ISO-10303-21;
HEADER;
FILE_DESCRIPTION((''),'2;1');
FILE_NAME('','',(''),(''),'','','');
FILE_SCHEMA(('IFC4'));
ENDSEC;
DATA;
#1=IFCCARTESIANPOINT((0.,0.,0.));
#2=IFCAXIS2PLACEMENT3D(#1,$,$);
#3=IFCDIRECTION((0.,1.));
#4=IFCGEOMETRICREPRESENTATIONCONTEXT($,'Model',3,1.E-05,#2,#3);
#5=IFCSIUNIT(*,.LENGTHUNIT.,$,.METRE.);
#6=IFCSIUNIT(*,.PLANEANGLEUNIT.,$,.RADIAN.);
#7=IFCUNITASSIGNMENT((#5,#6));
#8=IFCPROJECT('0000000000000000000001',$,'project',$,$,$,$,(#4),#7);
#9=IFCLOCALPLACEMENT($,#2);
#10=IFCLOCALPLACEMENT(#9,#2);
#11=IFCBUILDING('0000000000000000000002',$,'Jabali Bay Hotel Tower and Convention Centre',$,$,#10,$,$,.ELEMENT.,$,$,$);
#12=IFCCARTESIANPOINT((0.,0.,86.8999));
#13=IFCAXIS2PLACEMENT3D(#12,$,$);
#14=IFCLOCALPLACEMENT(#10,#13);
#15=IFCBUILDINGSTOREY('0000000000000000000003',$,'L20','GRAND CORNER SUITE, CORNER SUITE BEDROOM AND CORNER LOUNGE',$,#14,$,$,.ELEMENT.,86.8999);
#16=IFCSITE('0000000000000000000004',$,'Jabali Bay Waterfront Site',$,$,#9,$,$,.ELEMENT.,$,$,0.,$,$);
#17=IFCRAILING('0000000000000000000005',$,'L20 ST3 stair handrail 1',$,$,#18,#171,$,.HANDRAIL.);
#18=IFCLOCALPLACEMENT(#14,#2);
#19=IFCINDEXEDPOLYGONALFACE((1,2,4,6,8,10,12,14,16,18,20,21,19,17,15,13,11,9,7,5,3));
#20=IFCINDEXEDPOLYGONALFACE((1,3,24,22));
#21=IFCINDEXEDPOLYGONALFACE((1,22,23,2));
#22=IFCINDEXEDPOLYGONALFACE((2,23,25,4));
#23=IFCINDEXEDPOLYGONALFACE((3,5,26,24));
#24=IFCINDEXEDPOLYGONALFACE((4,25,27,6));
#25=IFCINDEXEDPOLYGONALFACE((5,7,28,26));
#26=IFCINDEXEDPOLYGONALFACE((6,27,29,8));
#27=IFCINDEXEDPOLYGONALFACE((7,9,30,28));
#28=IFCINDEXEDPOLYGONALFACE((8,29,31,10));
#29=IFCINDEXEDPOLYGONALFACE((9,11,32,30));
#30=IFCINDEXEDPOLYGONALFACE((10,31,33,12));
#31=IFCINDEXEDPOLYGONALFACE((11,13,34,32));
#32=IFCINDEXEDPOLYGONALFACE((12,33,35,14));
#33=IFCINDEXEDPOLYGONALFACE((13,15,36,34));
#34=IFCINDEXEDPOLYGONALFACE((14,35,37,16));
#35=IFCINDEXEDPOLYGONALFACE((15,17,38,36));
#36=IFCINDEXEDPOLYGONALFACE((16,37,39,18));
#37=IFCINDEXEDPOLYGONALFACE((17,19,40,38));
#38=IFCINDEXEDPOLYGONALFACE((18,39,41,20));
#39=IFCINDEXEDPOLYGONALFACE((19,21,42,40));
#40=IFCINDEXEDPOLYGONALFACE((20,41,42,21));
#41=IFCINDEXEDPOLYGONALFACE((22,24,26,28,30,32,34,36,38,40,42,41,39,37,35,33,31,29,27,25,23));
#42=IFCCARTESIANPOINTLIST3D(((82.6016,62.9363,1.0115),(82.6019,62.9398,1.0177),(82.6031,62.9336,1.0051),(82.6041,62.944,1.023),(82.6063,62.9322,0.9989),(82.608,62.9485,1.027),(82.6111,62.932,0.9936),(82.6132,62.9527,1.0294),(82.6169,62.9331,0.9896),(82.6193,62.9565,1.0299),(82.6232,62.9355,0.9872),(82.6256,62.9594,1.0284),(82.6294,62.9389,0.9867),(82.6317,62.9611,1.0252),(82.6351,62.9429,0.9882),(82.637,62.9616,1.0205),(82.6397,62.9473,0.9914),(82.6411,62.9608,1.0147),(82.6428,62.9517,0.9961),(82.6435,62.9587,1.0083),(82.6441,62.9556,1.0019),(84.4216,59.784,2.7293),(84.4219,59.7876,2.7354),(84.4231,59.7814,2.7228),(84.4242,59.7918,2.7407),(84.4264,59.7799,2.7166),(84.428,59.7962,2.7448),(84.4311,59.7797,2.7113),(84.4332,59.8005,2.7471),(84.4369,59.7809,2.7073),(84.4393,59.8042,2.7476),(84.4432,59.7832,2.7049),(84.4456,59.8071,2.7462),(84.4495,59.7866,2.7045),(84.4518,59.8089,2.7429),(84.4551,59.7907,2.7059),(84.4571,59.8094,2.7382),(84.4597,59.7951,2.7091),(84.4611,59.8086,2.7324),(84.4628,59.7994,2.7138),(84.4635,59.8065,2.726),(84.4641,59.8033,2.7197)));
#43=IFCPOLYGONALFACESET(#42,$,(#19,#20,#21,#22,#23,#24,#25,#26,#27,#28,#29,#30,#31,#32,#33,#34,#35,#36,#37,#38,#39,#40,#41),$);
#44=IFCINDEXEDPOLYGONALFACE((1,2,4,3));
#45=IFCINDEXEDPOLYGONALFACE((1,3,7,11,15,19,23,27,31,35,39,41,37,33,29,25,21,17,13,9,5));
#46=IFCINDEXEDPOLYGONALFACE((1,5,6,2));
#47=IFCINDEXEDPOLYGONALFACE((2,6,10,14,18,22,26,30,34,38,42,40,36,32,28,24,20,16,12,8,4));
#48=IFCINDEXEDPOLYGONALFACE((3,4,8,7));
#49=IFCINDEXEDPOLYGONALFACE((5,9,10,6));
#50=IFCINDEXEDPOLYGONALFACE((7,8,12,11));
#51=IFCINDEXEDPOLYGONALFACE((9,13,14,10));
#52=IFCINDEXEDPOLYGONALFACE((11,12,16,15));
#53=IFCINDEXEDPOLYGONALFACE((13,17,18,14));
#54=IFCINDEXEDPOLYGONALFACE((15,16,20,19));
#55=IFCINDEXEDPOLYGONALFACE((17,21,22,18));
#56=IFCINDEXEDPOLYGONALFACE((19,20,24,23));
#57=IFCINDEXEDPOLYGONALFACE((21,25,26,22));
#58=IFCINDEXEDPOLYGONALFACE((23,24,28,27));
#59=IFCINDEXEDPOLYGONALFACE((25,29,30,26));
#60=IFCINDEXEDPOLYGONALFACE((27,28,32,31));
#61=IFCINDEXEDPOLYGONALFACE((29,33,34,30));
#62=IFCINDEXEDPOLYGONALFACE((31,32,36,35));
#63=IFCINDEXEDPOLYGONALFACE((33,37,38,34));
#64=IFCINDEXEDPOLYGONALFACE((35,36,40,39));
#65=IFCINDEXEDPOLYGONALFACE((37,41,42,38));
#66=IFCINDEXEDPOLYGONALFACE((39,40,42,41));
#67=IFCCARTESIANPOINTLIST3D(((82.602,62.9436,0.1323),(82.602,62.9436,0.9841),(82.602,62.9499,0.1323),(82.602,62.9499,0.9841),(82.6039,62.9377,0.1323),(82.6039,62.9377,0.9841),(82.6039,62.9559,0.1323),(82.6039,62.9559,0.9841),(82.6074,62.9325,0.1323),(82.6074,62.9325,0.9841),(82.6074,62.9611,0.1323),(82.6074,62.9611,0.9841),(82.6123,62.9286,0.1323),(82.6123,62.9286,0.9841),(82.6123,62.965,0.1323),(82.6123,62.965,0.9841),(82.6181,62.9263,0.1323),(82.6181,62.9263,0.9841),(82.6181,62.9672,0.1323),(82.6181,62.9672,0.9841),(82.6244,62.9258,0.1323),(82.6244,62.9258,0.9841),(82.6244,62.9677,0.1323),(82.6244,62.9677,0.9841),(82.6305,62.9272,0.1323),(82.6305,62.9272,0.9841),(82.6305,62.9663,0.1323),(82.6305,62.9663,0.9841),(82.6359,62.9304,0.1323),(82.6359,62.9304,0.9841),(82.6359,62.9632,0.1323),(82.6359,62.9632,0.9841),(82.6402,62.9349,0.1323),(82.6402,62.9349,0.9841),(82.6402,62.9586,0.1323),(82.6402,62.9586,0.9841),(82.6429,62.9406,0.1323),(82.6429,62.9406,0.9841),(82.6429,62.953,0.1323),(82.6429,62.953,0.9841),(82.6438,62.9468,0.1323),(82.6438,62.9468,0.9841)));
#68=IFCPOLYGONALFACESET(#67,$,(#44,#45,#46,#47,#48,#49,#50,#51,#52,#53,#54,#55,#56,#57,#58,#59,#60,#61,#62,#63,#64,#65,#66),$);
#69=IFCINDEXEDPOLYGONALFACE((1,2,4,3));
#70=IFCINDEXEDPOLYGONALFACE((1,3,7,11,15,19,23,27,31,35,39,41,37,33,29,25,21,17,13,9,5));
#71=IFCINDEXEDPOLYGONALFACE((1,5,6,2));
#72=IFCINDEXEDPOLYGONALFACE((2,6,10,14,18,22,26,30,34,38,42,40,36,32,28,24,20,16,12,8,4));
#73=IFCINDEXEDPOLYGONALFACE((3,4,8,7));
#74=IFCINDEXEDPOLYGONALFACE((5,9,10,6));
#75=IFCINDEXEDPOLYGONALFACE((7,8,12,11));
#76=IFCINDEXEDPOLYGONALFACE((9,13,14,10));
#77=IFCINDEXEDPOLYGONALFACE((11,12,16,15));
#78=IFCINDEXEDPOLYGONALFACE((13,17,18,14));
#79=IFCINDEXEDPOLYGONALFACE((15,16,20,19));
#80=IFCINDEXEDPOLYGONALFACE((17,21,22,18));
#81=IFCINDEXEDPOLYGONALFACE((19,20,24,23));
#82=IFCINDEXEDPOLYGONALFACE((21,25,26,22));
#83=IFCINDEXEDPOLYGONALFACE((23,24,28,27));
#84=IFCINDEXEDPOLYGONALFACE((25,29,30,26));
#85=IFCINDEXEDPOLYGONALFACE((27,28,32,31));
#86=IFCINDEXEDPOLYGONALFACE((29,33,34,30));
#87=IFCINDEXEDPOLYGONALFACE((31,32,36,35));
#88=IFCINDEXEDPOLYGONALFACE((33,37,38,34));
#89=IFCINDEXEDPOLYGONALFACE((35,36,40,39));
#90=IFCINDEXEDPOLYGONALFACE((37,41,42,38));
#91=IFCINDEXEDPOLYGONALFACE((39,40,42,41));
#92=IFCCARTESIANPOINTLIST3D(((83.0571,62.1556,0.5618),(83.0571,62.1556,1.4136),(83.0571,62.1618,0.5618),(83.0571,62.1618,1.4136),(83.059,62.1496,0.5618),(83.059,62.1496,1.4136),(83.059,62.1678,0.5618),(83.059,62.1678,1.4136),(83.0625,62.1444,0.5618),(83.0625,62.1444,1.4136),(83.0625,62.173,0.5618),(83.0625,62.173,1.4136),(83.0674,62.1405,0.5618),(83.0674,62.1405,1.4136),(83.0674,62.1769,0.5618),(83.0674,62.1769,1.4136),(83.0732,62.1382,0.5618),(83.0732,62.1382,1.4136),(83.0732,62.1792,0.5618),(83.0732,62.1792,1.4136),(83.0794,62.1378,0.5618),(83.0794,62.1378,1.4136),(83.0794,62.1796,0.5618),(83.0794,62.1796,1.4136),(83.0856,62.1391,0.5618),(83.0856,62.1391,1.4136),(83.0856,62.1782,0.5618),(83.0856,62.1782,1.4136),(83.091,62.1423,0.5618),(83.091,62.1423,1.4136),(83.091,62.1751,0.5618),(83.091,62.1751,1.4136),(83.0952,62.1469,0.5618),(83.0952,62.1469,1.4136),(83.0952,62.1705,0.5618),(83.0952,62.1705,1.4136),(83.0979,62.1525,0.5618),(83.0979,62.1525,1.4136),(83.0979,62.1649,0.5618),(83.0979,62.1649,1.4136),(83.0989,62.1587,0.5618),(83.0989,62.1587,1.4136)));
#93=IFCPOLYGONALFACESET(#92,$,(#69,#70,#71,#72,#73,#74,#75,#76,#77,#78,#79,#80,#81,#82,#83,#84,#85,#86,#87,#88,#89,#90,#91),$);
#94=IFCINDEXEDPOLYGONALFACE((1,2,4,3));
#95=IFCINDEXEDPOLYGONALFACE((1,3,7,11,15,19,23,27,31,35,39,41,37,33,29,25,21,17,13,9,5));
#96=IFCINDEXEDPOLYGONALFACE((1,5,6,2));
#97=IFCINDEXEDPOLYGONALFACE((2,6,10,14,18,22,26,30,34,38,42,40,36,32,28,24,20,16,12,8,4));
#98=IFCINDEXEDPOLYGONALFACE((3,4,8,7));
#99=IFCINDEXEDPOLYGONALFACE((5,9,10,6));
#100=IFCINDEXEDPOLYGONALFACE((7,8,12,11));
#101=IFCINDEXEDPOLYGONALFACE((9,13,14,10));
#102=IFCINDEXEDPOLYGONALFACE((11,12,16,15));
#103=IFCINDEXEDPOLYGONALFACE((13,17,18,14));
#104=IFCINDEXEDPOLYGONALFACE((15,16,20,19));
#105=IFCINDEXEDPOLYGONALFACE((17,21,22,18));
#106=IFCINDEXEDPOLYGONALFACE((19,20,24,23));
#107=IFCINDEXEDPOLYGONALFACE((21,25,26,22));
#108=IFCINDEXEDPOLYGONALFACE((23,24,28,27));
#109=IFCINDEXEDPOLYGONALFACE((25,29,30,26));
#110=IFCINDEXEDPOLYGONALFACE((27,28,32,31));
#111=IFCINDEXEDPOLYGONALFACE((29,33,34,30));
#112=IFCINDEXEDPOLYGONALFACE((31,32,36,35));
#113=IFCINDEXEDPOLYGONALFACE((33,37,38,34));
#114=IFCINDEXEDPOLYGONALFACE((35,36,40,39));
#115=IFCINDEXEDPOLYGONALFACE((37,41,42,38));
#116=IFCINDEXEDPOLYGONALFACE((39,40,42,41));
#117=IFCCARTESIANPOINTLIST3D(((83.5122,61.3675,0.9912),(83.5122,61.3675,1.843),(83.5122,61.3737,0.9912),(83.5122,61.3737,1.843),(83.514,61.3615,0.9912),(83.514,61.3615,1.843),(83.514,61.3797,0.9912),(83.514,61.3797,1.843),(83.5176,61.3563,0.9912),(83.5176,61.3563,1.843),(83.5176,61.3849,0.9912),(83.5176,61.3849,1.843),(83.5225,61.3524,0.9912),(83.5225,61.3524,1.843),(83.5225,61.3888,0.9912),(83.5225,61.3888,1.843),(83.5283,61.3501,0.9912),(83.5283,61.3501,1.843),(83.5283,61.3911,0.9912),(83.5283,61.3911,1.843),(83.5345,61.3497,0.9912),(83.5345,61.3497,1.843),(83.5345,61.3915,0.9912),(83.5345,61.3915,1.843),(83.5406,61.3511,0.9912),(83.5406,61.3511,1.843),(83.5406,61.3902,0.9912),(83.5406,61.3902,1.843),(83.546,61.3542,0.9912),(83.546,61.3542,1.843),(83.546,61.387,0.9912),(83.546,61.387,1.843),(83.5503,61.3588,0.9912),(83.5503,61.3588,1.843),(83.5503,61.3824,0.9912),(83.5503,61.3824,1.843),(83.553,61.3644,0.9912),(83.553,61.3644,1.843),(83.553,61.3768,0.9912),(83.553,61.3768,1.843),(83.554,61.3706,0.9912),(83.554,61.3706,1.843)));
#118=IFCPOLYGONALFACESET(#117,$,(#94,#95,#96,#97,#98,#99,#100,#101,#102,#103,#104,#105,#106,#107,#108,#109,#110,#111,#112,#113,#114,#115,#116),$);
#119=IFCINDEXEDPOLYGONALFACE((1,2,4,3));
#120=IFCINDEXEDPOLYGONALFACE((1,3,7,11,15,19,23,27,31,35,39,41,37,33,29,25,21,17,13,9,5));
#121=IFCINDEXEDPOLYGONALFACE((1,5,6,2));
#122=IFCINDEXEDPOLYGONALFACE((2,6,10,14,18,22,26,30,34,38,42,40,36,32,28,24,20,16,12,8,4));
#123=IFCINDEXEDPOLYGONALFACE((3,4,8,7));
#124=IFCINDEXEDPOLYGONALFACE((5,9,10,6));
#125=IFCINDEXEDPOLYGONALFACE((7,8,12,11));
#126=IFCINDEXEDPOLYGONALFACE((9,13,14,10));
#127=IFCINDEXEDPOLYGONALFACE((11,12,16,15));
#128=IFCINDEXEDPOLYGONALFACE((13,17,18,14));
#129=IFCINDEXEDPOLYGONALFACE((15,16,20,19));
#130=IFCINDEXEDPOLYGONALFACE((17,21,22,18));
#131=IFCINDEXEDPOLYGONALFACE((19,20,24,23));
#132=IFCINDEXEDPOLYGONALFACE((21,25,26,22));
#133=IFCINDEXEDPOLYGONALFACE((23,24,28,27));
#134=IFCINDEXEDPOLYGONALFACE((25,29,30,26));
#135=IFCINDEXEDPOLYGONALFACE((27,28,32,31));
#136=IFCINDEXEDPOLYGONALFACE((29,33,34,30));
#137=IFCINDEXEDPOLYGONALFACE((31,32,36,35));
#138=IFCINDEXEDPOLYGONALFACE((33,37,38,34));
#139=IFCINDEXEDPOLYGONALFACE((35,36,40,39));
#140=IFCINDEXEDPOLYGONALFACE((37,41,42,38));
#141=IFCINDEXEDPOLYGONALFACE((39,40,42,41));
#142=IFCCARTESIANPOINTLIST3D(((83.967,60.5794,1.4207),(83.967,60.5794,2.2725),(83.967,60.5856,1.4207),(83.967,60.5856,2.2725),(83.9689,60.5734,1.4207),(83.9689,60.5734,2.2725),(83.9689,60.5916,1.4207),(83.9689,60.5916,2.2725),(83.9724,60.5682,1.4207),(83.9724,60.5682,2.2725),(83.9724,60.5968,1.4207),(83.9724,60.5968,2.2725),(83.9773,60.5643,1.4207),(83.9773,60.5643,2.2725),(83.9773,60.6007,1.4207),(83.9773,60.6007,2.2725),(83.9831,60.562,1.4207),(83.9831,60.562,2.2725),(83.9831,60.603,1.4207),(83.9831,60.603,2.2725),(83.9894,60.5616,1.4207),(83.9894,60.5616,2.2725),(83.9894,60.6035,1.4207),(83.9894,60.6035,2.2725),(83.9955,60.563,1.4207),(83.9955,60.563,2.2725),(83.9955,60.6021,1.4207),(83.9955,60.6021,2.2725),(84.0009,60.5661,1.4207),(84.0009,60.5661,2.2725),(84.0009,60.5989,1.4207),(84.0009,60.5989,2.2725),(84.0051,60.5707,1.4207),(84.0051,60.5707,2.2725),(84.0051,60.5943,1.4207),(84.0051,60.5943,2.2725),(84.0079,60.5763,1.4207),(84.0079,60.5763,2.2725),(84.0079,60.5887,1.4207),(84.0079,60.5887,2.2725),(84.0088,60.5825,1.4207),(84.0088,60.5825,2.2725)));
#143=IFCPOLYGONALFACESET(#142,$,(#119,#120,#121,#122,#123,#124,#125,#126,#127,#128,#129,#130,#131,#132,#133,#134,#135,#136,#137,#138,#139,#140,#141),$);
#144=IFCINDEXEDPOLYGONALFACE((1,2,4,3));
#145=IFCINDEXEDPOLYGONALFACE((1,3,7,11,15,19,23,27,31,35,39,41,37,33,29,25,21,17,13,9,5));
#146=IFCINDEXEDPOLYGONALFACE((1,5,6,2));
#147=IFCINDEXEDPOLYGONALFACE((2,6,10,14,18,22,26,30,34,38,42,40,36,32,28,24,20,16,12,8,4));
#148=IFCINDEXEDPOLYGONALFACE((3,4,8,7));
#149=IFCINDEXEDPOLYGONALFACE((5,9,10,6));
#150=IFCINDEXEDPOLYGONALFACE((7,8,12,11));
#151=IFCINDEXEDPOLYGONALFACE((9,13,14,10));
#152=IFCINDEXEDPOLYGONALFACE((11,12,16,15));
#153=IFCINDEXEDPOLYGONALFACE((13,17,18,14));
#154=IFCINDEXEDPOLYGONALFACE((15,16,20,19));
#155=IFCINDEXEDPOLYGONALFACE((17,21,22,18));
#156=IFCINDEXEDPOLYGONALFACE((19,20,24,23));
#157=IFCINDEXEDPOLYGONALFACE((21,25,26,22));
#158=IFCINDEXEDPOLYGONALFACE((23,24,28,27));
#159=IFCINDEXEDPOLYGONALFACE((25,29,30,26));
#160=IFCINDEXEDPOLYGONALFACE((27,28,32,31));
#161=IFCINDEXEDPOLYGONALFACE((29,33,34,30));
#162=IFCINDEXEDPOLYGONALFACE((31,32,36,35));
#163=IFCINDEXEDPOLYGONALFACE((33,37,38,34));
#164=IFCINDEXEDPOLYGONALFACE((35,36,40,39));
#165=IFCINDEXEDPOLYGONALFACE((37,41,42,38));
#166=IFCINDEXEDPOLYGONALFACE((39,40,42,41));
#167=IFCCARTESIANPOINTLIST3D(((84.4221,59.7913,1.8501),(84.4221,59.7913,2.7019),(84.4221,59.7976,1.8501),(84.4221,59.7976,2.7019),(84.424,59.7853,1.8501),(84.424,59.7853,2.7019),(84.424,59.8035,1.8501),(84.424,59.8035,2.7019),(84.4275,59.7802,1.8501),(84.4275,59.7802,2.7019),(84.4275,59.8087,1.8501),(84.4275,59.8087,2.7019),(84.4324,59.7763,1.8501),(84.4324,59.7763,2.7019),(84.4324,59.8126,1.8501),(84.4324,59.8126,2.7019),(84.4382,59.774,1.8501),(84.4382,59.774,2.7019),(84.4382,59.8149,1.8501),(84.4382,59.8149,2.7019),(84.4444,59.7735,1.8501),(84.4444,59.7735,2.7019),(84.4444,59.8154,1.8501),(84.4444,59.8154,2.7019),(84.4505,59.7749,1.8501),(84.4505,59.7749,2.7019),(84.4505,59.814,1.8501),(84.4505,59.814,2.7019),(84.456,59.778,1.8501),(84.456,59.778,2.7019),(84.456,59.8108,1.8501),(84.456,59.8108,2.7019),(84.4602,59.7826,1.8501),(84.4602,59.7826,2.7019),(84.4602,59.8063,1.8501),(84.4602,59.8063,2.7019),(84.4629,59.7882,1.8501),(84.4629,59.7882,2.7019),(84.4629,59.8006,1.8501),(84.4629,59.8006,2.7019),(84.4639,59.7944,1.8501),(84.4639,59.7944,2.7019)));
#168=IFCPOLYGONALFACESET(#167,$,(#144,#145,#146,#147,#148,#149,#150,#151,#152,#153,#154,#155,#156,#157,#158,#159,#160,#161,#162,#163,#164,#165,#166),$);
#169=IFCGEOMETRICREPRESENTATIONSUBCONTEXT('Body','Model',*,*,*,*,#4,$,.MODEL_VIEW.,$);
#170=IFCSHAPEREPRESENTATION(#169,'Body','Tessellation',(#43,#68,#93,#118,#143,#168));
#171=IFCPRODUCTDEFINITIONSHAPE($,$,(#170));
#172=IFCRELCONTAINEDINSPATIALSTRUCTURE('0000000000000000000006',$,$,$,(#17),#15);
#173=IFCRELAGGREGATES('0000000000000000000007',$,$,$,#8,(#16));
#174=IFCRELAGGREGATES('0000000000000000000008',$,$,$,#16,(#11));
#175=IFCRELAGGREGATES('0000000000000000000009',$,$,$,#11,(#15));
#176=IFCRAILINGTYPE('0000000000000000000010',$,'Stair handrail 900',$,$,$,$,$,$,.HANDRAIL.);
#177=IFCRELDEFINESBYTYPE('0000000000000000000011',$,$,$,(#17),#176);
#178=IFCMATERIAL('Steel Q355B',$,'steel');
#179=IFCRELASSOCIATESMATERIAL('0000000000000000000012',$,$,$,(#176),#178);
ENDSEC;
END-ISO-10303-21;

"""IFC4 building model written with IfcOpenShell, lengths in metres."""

from ifc_helpers import new_model, si_unit, direction, frame, origin, origin_2d, place, context, subcontext, project, spatial, circle, extrude, material, type_object, element, save


model = new_model("IFC4")

# Units and contexts
model_context = context("Model", 3, precision=1e-05, world=origin(), true_north=direction((0.0, 1.0)))
body_context = subcontext(model_context, "Body", "Model", "MODEL_VIEW")
ifc_project = project(units=[si_unit("LENGTHUNIT", "METRE"), si_unit("PLANEANGLEUNIT", "RADIAN")], contexts=[model_context])

# Site, building, storey
site_placement = place(None, origin())
site = spatial("IfcSite", under=ifc_project, at=site_placement, Name="Jabali Bay Waterfront Site", CompositionType="ELEMENT", RefElevation=0.0)
building_placement = place(site_placement, origin())
building = spatial("IfcBuilding", under=site, at=building_placement, Name="Jabali Bay Hotel Tower and Convention Centre", CompositionType="ELEMENT")
storey_placement = place(building_placement, frame((0.0, 0.0, 86.8999)))
storey = spatial("IfcBuildingStorey", under=building, at=storey_placement, Name="L20", Description="GRAND CORNER SUITE, CORNER SUITE BEDROOM AND CORNER LOUNGE", CompositionType="ELEMENT", Elevation=86.8999)

# Railing
ifc_material_1 = material(Name="Steel Q355B", Category="steel")
railing_type_1 = type_object("IfcRailingType", Name="Stair handrail 900", PredefinedType="HANDRAIL", material=ifc_material_1)
railing_1_placement = place(storey_placement, frame((82.6228, 62.9468, 0.1323)))
element("IfcRailing", 1, at=railing_1_placement, inside=storey, type_object=railing_type_1, Name="L20 ST3 stair handrail 1", PredefinedType="HANDRAIL", context=body_context, shape_type="SweptSolid", body=[
    extrude(circle(Radius=0.0239, at=origin_2d()), frame((0.0, 0.0, 0.876), z_axis=(0.45219, -0.78319, 0.426775), x_axis=(0.866018, 0.500013, 0.0)), (0.0, 0.0, 1.0), 4.0249),
    extrude(circle(Radius=0.021, at=origin_2d()), origin(), (0.0, 0.0, 1.0), 0.8518),
    extrude(circle(Radius=0.021, at=origin_2d()), frame((0.4551, -0.7881, 0.4294)), (0.0, 0.0, 1.0), 0.8518),
    extrude(circle(Radius=0.021, at=origin_2d()), frame((0.9102, -1.5762, 0.8589)), (0.0, 0.0, 1.0), 0.8518),
    extrude(circle(Radius=0.021, at=origin_2d()), frame((1.365, -2.3643, 1.2883)), (0.0, 0.0, 1.0), 0.8518),
    extrude(circle(Radius=0.021, at=origin_2d()), frame((1.8201, -3.1523, 1.7178)), (0.0, 0.0, 1.0), 0.8518),
])

save(model, "model.ifc")
